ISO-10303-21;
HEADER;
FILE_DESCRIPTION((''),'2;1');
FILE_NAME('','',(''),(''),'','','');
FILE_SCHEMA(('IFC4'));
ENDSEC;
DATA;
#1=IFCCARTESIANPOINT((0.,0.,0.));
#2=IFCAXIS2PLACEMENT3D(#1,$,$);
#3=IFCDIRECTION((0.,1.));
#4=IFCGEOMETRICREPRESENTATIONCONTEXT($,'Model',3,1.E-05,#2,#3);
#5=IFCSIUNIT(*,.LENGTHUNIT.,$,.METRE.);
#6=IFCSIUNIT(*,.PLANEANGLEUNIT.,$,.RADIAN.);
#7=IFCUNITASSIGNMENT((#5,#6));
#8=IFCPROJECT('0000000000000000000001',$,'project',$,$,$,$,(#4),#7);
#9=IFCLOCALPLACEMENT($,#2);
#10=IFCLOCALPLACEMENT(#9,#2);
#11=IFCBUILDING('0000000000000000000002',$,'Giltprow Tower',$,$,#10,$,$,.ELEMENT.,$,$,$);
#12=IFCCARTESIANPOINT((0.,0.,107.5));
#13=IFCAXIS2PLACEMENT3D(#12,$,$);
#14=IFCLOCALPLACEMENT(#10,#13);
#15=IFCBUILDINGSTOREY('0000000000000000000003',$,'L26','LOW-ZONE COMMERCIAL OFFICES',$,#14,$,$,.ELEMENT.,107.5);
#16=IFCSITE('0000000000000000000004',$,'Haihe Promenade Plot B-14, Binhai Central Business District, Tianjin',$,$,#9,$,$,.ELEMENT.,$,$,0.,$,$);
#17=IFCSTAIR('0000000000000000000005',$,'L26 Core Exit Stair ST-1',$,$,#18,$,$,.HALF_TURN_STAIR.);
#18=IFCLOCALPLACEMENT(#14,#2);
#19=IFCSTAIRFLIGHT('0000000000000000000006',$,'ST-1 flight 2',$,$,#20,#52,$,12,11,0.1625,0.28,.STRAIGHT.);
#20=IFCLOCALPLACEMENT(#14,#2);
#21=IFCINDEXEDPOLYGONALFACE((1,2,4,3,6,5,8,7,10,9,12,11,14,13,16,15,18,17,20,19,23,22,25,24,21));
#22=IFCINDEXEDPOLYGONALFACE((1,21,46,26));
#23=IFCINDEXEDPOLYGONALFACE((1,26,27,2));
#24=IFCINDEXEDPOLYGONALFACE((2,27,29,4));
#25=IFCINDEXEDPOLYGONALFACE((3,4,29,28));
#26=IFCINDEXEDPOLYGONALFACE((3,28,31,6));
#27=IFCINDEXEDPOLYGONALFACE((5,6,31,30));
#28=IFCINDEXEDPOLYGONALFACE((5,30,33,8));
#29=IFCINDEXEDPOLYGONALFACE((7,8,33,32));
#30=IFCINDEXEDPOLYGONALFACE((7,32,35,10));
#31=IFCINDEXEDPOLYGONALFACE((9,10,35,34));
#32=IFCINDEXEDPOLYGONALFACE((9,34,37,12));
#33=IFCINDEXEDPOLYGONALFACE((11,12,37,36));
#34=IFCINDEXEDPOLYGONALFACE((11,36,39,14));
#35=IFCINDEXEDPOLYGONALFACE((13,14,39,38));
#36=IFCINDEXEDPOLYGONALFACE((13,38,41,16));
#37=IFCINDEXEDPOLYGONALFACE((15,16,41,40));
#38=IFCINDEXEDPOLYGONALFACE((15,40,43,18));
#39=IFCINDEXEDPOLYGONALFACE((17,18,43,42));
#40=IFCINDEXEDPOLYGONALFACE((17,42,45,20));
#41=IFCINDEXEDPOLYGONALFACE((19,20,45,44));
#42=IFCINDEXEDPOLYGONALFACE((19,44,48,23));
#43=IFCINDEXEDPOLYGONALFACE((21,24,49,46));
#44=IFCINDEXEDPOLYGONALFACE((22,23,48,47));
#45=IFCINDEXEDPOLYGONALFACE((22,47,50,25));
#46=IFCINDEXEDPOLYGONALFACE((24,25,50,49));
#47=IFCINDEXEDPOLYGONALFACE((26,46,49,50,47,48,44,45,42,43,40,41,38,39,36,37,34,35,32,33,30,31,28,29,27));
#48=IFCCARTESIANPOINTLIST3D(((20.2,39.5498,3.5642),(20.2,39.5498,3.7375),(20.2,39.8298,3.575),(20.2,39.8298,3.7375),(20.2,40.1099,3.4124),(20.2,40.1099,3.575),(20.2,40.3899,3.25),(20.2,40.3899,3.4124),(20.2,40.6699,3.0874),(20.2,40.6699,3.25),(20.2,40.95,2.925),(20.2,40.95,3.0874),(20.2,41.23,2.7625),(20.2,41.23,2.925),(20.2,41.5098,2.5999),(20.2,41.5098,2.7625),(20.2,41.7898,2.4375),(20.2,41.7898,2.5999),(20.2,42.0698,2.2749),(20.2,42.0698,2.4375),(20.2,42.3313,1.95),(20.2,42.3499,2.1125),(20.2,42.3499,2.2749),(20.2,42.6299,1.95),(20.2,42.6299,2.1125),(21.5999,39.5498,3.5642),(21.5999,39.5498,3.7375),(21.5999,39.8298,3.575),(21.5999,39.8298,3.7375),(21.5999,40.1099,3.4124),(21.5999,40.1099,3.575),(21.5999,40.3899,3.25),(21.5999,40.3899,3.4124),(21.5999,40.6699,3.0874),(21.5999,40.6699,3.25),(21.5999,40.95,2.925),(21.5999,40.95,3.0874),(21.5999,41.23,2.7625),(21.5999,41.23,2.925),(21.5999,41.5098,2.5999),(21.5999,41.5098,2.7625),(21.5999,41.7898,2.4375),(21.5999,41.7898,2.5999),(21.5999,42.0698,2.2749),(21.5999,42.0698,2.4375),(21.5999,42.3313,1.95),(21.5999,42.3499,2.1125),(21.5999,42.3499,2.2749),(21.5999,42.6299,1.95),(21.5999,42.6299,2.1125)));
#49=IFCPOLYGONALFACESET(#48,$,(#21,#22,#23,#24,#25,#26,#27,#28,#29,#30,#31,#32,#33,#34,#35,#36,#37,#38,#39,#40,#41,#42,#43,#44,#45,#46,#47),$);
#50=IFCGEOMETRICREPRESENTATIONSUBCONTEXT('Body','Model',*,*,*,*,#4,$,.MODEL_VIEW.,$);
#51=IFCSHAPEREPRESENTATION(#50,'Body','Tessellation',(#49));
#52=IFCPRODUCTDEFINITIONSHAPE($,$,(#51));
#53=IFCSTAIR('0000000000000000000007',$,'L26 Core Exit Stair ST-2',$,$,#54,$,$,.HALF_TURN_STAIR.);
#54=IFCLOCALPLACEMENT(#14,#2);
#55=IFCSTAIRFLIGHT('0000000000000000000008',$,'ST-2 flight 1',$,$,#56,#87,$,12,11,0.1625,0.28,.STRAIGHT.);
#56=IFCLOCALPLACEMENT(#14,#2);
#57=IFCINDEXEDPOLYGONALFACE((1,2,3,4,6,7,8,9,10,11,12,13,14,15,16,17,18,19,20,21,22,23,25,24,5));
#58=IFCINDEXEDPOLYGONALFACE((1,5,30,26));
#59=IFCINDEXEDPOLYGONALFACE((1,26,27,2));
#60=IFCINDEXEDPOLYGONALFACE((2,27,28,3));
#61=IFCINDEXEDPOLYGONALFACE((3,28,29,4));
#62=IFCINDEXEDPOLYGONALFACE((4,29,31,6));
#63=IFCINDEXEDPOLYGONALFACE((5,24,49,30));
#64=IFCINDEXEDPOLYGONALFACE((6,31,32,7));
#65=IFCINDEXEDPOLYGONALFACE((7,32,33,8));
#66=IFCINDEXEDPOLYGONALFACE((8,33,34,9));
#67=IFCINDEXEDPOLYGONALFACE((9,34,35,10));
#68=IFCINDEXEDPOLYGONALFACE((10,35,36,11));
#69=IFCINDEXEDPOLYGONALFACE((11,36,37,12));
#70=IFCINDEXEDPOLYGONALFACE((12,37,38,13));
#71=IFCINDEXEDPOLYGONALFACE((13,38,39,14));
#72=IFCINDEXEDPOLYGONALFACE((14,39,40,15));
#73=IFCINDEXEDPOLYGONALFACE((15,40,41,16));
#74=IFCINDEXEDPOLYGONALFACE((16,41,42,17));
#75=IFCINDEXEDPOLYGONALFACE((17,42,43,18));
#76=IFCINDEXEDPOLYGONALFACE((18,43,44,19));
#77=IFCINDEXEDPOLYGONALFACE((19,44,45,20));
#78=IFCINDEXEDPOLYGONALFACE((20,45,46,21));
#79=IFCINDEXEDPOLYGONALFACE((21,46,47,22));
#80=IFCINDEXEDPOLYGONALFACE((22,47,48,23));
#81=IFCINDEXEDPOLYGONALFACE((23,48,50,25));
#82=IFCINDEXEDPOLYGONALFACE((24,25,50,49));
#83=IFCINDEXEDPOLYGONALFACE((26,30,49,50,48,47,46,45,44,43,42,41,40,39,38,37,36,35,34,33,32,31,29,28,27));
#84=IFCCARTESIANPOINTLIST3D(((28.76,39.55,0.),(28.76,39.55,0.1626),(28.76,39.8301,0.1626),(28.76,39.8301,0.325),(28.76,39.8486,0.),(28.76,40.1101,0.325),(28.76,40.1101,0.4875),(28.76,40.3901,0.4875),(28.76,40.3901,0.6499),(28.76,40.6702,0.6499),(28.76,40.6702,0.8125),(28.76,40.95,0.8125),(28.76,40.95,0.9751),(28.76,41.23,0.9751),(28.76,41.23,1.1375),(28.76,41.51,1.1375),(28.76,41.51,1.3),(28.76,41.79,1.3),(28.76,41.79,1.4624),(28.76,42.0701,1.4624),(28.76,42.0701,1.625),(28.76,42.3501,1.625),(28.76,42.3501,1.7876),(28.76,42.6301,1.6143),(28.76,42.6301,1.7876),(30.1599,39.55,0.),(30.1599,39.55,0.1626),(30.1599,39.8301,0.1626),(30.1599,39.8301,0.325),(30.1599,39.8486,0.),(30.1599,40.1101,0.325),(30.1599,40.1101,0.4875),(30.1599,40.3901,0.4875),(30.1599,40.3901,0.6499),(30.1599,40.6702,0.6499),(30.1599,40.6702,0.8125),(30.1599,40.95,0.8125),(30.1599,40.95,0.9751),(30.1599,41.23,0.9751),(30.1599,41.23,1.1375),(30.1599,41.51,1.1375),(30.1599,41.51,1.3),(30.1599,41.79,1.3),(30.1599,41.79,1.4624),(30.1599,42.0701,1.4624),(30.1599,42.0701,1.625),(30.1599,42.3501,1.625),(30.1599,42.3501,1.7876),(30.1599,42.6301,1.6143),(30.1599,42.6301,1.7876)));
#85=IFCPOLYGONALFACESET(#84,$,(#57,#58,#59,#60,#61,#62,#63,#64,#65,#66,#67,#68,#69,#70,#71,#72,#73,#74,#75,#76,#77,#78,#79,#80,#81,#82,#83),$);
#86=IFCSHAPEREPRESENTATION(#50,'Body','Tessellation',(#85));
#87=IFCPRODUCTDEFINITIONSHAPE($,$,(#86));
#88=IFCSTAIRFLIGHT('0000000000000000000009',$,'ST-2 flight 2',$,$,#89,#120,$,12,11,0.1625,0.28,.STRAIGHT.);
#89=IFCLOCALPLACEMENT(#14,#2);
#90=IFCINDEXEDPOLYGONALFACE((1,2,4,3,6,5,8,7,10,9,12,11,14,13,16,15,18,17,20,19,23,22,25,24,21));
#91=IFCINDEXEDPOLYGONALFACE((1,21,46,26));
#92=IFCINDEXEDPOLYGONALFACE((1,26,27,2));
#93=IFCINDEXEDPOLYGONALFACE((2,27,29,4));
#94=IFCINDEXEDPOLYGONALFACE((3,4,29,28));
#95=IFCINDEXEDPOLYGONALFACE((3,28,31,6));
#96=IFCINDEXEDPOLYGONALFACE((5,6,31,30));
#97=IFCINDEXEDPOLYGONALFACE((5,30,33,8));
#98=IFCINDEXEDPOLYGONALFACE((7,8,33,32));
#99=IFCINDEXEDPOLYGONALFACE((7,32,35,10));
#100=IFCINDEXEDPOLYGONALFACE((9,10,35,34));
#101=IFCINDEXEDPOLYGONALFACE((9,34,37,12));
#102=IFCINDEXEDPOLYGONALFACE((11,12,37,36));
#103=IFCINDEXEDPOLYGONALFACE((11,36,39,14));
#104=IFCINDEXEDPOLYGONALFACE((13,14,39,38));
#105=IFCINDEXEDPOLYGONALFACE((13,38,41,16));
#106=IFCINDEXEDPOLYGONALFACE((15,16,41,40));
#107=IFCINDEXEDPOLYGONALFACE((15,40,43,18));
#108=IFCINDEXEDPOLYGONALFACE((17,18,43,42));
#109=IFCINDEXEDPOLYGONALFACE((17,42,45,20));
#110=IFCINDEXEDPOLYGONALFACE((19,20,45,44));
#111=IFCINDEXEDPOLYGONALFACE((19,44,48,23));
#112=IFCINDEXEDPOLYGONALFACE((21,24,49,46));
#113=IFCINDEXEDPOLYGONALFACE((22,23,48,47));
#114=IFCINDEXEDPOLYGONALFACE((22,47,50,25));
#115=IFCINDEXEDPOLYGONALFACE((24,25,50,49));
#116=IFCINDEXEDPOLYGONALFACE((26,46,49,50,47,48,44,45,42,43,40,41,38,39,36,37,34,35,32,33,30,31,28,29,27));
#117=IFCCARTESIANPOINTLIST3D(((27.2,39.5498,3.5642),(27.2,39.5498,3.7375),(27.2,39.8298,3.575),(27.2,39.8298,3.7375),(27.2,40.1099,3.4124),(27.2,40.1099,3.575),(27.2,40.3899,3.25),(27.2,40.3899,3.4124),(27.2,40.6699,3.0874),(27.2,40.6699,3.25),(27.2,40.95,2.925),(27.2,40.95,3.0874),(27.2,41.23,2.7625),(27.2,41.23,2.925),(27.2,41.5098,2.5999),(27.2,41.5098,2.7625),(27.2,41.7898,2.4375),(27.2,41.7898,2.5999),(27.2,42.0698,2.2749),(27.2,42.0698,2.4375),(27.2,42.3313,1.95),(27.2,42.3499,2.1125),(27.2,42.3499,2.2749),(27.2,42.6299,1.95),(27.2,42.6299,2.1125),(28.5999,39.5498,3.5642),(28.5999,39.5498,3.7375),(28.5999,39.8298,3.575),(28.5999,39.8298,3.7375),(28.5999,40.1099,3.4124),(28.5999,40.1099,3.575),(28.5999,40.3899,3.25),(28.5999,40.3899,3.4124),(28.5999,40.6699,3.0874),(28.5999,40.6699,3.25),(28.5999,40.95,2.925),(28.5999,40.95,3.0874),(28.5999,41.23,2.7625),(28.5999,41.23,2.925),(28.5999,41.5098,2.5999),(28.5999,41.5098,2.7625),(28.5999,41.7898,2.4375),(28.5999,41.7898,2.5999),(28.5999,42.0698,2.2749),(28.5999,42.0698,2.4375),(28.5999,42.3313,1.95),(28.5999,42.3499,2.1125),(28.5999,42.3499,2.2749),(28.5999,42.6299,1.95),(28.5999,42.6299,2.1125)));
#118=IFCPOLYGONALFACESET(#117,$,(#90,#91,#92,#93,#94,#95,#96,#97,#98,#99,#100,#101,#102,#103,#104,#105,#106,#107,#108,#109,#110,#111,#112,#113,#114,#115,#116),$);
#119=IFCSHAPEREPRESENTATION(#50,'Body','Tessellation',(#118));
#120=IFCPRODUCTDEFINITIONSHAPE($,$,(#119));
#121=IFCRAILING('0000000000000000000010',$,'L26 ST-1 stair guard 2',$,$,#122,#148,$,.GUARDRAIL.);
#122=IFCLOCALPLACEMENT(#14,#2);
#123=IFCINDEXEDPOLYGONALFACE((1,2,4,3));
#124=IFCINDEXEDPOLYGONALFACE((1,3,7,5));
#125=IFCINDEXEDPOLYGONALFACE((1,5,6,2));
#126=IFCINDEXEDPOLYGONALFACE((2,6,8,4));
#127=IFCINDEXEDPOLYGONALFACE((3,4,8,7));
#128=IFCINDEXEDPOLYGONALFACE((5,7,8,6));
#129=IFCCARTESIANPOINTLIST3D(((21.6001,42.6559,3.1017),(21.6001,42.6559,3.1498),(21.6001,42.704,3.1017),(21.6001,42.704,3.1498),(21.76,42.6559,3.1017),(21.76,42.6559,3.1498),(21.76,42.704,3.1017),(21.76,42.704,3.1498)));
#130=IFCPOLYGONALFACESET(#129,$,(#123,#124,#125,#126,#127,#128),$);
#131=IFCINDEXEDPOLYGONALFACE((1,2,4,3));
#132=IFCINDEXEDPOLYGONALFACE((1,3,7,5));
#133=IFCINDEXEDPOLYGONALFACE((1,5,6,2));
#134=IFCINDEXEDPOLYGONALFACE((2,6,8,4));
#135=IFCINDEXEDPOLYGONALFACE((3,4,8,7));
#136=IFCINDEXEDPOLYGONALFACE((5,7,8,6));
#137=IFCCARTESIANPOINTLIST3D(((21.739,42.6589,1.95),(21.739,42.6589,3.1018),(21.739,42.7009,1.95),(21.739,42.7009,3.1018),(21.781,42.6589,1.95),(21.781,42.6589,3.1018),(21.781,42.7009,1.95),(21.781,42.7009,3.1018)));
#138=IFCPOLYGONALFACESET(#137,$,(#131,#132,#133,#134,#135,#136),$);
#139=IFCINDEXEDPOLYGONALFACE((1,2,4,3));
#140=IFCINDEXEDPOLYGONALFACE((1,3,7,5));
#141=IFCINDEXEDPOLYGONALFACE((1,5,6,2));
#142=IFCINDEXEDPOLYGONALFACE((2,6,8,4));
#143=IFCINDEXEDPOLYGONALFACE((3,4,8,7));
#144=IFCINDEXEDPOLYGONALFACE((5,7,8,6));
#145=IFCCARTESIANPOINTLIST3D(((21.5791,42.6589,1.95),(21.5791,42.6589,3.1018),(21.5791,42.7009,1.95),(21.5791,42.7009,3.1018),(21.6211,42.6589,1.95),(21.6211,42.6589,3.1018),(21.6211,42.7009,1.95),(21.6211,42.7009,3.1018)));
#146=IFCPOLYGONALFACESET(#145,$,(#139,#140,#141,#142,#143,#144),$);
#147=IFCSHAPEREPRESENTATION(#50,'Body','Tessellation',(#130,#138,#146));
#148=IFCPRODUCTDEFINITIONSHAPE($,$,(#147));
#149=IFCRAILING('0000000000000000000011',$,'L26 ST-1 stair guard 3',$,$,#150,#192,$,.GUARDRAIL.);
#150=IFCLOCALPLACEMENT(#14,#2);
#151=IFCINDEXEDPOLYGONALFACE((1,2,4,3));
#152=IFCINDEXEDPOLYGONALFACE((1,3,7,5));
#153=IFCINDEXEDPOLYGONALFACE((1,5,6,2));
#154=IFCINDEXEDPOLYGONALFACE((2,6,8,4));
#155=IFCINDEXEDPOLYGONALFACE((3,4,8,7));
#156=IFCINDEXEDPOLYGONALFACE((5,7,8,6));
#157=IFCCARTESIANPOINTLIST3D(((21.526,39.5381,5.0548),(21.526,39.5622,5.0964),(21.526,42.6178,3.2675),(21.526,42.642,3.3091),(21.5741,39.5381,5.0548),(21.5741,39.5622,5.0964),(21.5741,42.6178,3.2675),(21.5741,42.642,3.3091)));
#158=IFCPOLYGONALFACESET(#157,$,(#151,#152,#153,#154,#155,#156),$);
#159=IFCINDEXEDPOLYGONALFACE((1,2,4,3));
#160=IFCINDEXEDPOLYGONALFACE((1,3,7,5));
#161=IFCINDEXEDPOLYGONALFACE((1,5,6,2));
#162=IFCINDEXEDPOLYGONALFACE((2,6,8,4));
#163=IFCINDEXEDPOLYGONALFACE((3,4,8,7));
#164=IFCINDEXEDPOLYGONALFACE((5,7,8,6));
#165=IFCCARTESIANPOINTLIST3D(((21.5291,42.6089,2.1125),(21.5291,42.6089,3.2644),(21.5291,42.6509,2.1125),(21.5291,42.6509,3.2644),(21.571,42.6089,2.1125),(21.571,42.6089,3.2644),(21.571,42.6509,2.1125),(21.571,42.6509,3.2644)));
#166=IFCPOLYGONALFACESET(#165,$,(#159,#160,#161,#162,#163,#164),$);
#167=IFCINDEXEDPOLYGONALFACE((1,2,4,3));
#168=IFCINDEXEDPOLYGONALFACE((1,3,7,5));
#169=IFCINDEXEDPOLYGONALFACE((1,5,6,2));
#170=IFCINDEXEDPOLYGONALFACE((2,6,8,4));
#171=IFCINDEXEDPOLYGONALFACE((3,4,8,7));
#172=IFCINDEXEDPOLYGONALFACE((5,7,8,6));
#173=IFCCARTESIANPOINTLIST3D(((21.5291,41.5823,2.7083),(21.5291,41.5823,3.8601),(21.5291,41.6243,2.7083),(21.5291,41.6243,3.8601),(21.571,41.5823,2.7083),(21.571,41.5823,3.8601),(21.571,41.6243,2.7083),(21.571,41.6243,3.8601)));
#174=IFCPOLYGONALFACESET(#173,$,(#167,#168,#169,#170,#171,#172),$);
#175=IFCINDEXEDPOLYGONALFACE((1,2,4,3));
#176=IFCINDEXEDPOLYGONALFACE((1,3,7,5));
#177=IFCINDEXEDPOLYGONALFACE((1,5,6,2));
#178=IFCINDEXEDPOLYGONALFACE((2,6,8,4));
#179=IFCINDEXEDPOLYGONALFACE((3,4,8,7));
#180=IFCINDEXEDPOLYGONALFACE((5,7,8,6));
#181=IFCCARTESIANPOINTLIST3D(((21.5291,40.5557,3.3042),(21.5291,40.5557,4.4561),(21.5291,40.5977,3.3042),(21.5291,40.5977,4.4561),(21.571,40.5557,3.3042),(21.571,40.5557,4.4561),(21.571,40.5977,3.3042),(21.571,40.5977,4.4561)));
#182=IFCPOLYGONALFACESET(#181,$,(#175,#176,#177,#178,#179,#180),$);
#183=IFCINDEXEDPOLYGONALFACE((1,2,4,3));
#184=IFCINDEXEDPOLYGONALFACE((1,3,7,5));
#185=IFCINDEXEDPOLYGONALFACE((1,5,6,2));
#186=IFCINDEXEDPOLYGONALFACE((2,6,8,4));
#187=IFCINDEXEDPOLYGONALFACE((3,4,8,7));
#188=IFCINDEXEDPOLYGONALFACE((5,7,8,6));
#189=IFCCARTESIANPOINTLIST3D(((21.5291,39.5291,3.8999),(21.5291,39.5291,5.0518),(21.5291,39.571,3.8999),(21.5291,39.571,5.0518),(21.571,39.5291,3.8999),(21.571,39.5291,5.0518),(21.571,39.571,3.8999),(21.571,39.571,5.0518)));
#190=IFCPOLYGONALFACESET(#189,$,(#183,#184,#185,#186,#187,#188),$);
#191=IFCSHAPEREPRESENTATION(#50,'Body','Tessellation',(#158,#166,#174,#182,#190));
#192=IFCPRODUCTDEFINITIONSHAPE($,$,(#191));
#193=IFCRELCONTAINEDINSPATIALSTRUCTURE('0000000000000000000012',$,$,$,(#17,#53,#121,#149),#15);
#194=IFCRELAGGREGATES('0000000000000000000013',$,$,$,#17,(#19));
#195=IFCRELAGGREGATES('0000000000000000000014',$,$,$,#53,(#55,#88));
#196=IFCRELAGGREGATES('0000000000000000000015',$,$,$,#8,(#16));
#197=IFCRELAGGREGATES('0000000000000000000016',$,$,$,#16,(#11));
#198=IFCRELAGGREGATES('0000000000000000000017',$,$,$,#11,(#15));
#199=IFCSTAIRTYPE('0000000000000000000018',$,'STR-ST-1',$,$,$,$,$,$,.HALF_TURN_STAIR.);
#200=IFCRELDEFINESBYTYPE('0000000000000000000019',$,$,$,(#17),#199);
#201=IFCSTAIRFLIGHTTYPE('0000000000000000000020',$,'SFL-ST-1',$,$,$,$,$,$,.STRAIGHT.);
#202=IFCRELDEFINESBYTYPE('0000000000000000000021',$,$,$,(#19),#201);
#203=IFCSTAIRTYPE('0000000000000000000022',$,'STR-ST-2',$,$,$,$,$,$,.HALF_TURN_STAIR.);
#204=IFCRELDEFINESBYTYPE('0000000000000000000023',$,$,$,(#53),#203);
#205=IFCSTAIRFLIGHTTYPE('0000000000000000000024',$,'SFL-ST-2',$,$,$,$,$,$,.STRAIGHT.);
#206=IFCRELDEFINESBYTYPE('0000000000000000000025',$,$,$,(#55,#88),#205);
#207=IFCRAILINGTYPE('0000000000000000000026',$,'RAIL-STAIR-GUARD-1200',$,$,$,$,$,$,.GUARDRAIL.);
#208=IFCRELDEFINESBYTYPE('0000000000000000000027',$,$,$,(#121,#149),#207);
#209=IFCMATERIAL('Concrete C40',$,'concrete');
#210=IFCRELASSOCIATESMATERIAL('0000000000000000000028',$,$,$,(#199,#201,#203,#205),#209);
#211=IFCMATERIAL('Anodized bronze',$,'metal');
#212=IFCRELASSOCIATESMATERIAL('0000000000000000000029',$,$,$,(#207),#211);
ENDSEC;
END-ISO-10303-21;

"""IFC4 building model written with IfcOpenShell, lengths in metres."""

from ifc_helpers import new_model, si_unit, direction, frame, origin, origin_2d, place, context, subcontext, project, spatial, polyline, rectangle, outline, extrude, material, type_object, element, aggregate, save


model = new_model("IFC4")

# Units and contexts
model_context = context("Model", 3, precision=1e-05, world=origin(), true_north=direction((0.0, 1.0)))
body_context = subcontext(model_context, "Body", "Model", "MODEL_VIEW")
ifc_project = project(units=[si_unit("LENGTHUNIT", "METRE"), si_unit("PLANEANGLEUNIT", "RADIAN")], contexts=[model_context])

# Site, building, storey
site_placement = place(None, origin())
site = spatial("IfcSite", under=ifc_project, at=site_placement, Name="Haihe Promenade Plot B-14, Binhai Central Business District, Tianjin", CompositionType="ELEMENT", RefElevation=0.0)
building_placement = place(site_placement, origin())
building = spatial("IfcBuilding", under=site, at=building_placement, Name="Giltprow Tower", CompositionType="ELEMENT")
storey_placement = place(building_placement, frame((0.0, 0.0, 107.5)))
storey = spatial("IfcBuildingStorey", under=building, at=storey_placement, Name="L26", Description="LOW-ZONE COMMERCIAL OFFICES", CompositionType="ELEMENT", Elevation=107.5)

# Shared definitions
ifc_material_1 = material(Name="Concrete C40", Category="concrete")

# Stair, stair flight
stair_type_1 = type_object("IfcStairType", Name="STR-ST-1", PredefinedType="HALF_TURN_STAIR", material=ifc_material_1)
stair_1_placement = place(storey_placement, origin())
stair_1 = element("IfcStair", 1, at=stair_1_placement, inside=storey, type_object=stair_type_1, Name="L26 Core Exit Stair ST-1", PredefinedType="HALF_TURN_STAIR")
stair_flight_type_1 = type_object("IfcStairFlightType", Name="SFL-ST-1", PredefinedType="STRAIGHT", material=ifc_material_1)
stair_flight_1_placement = place(storey_placement, frame((20.8999, 42.6299, 1.95), z_axis=(0.0, 0.0, 1.0), x_axis=(0.0, -1.0, 0.0)))
stair_flight_1 = element("IfcStairFlight", 2, at=stair_flight_1_placement, type_object=stair_flight_type_1, Name="ST-1 flight 2", NumberOfRisers=12, NumberOfTreads=11, PredefinedType="STRAIGHT", RiserHeight=0.1625, TreadLength=0.28, context=body_context, shape_type="SweptSolid", body=[
    extrude(outline(polyline([(0.0, 0.0), (0.0, 0.1626), (0.28, 0.1626), (0.28, 0.325), (0.5601, 0.325), (0.5601, 0.4875), (0.8401, 0.4875), (0.8401, 0.6499), (1.1201, 0.6499), (1.1201, 0.8125), (1.3999, 0.8125), (1.3999, 0.9751), (1.6799, 0.9751), (1.6799, 1.1375), (1.96, 1.1375), (1.96, 1.3), (2.24, 1.3), (2.24, 1.4624), (2.52, 1.4624), (2.52, 1.625), (2.8, 1.625), (2.8, 1.7876), (3.0801, 1.7876), (3.0801, 1.95), (3.0801, 1.6143), (0.2986, 0.0), (0.0, 0.0)])), frame((0.0, 0.7, 0.0), z_axis=(0.0, -1.0, 0.0), x_axis=(1.0, 0.0, 0.0)), (0.0, 0.0, 1.0), 1.3999),
])
aggregate(stair_1, [stair_flight_1])

# Stair, stair flights
stair_type_2 = type_object("IfcStairType", Name="STR-ST-2", PredefinedType="HALF_TURN_STAIR", material=ifc_material_1)
stair_2_placement = place(storey_placement, origin())
stair_2 = element("IfcStair", 3, at=stair_2_placement, inside=storey, type_object=stair_type_2, Name="L26 Core Exit Stair ST-2", PredefinedType="HALF_TURN_STAIR")
stair_flight_type_2 = type_object("IfcStairFlightType", Name="SFL-ST-2", PredefinedType="STRAIGHT", material=ifc_material_1)
stair_flight_2_placement = place(storey_placement, frame((29.46, 39.55, 0.0), z_axis=(0.0, 0.0, 1.0), x_axis=(0.0, 1.0, 0.0)))
stair_flight_2 = element("IfcStairFlight", 4, at=stair_flight_2_placement, type_object=stair_flight_type_2, Name="ST-2 flight 1", NumberOfRisers=12, NumberOfTreads=11, PredefinedType="STRAIGHT", RiserHeight=0.1625, TreadLength=0.28, context=body_context, shape_type="SweptSolid", body=[
    extrude(outline(polyline([(0.0, 0.0), (0.0, 0.1626), (0.28, 0.1626), (0.28, 0.325), (0.5601, 0.325), (0.5601, 0.4875), (0.8401, 0.4875), (0.8401, 0.6499), (1.1201, 0.6499), (1.1201, 0.8125), (1.3999, 0.8125), (1.3999, 0.9751), (1.6799, 0.9751), (1.6799, 1.1375), (1.96, 1.1375), (1.96, 1.3), (2.24, 1.3), (2.24, 1.4624), (2.52, 1.4624), (2.52, 1.625), (2.8, 1.625), (2.8, 1.7876), (3.0801, 1.7876), (3.0801, 1.95), (3.0801, 1.6143), (0.2986, 0.0), (0.0, 0.0)])), frame((0.0, 0.7, 0.0), z_axis=(0.0, -1.0, 0.0), x_axis=(1.0, 0.0, 0.0)), (0.0, 0.0, 1.0), 1.3999),
])
stair_flight_3_placement = place(storey_placement, frame((27.8999, 42.6299, 1.95), z_axis=(0.0, 0.0, 1.0), x_axis=(0.0, -1.0, 0.0)))
stair_flight_3 = element("IfcStairFlight", 5, at=stair_flight_3_placement, type_object=stair_flight_type_2, Name="ST-2 flight 2", NumberOfRisers=12, NumberOfTreads=11, PredefinedType="STRAIGHT", RiserHeight=0.1625, TreadLength=0.28, context=body_context, shape_type="SweptSolid", body=[
    extrude(outline(polyline([(0.0, 0.0), (0.0, 0.1626), (0.28, 0.1626), (0.28, 0.325), (0.5601, 0.325), (0.5601, 0.4875), (0.8401, 0.4875), (0.8401, 0.6499), (1.1201, 0.6499), (1.1201, 0.8125), (1.3999, 0.8125), (1.3999, 0.9751), (1.6799, 0.9751), (1.6799, 1.1375), (1.96, 1.1375), (1.96, 1.3), (2.24, 1.3), (2.24, 1.4624), (2.52, 1.4624), (2.52, 1.625), (2.8, 1.625), (2.8, 1.7876), (3.0801, 1.7876), (3.0801, 1.95), (3.0801, 1.6143), (0.2986, 0.0), (0.0, 0.0)])), frame((0.0, 0.7, 0.0), z_axis=(0.0, -1.0, 0.0), x_axis=(1.0, 0.0, 0.0)), (0.0, 0.0, 1.0), 1.3999),
])
aggregate(stair_2, [stair_flight_2, stair_flight_3])

# Railings
ifc_material_2 = material(Name="Anodized bronze", Category="metal")
railing_type_1 = type_object("IfcRailingType", Name="RAIL-STAIR-GUARD-1200", PredefinedType="GUARDRAIL", material=ifc_material_2)
railing_1_placement = place(storey_placement, frame((21.76, 42.6799, 1.95)))
element("IfcRailing", 6, at=railing_1_placement, inside=storey, type_object=railing_type_1, Name="L26 ST-1 stair guard 2", PredefinedType="GUARDRAIL", context=body_context, shape_type="SweptSolid", body=[
    extrude(rectangle(XDim=0.0481, YDim=0.0481, at=origin_2d()), frame((0.0, 0.0, 1.1758), z_axis=(-1.0, 0.0, 0.0), x_axis=(0.0, -1.0, 0.0)), (0.0, 0.0, 1.0), 0.1599),
    extrude(rectangle(XDim=0.042, YDim=0.042, at=origin_2d()), origin(), (0.0, 0.0, 1.0), 1.1519),
    extrude(rectangle(XDim=0.042, YDim=0.042, at=origin_2d()), frame((-0.1599, 0.0, 0.0)), (0.0, 0.0, 1.0), 1.1519),
])
railing_2_placement = place(storey_placement, frame((21.55, 42.6299, 2.1125)))
element("IfcRailing", 7, at=railing_2_placement, inside=storey, type_object=railing_type_1, Name="L26 ST-1 stair guard 3", PredefinedType="GUARDRAIL", context=body_context, shape_type="SweptSolid", body=[
    extrude(rectangle(XDim=0.0481, YDim=0.0481, at=origin_2d()), frame((0.0, 0.0, 1.1758), z_axis=(0.0, -0.864903, 0.501939), x_axis=(1.0, 0.0, 0.0)), (0.0, 0.0, 1.0), 3.5608),
    extrude(rectangle(XDim=0.042, YDim=0.042, at=origin_2d()), origin(), (0.0, 0.0, 1.0), 1.1519),
    extrude(rectangle(XDim=0.042, YDim=0.042, at=origin_2d()), frame((0.0, -1.0266, 0.5957)), (0.0, 0.0, 1.0), 1.1519),
    extrude(rectangle(XDim=0.042, YDim=0.042, at=origin_2d()), frame((0.0, -2.0532, 1.1917)), (0.0, 0.0, 1.0), 1.1519),
    extrude(rectangle(XDim=0.042, YDim=0.042, at=origin_2d()), frame((0.0, -3.0798, 1.7874)), (0.0, 0.0, 1.0), 1.1519),
])

save(model, "model.ifc")
